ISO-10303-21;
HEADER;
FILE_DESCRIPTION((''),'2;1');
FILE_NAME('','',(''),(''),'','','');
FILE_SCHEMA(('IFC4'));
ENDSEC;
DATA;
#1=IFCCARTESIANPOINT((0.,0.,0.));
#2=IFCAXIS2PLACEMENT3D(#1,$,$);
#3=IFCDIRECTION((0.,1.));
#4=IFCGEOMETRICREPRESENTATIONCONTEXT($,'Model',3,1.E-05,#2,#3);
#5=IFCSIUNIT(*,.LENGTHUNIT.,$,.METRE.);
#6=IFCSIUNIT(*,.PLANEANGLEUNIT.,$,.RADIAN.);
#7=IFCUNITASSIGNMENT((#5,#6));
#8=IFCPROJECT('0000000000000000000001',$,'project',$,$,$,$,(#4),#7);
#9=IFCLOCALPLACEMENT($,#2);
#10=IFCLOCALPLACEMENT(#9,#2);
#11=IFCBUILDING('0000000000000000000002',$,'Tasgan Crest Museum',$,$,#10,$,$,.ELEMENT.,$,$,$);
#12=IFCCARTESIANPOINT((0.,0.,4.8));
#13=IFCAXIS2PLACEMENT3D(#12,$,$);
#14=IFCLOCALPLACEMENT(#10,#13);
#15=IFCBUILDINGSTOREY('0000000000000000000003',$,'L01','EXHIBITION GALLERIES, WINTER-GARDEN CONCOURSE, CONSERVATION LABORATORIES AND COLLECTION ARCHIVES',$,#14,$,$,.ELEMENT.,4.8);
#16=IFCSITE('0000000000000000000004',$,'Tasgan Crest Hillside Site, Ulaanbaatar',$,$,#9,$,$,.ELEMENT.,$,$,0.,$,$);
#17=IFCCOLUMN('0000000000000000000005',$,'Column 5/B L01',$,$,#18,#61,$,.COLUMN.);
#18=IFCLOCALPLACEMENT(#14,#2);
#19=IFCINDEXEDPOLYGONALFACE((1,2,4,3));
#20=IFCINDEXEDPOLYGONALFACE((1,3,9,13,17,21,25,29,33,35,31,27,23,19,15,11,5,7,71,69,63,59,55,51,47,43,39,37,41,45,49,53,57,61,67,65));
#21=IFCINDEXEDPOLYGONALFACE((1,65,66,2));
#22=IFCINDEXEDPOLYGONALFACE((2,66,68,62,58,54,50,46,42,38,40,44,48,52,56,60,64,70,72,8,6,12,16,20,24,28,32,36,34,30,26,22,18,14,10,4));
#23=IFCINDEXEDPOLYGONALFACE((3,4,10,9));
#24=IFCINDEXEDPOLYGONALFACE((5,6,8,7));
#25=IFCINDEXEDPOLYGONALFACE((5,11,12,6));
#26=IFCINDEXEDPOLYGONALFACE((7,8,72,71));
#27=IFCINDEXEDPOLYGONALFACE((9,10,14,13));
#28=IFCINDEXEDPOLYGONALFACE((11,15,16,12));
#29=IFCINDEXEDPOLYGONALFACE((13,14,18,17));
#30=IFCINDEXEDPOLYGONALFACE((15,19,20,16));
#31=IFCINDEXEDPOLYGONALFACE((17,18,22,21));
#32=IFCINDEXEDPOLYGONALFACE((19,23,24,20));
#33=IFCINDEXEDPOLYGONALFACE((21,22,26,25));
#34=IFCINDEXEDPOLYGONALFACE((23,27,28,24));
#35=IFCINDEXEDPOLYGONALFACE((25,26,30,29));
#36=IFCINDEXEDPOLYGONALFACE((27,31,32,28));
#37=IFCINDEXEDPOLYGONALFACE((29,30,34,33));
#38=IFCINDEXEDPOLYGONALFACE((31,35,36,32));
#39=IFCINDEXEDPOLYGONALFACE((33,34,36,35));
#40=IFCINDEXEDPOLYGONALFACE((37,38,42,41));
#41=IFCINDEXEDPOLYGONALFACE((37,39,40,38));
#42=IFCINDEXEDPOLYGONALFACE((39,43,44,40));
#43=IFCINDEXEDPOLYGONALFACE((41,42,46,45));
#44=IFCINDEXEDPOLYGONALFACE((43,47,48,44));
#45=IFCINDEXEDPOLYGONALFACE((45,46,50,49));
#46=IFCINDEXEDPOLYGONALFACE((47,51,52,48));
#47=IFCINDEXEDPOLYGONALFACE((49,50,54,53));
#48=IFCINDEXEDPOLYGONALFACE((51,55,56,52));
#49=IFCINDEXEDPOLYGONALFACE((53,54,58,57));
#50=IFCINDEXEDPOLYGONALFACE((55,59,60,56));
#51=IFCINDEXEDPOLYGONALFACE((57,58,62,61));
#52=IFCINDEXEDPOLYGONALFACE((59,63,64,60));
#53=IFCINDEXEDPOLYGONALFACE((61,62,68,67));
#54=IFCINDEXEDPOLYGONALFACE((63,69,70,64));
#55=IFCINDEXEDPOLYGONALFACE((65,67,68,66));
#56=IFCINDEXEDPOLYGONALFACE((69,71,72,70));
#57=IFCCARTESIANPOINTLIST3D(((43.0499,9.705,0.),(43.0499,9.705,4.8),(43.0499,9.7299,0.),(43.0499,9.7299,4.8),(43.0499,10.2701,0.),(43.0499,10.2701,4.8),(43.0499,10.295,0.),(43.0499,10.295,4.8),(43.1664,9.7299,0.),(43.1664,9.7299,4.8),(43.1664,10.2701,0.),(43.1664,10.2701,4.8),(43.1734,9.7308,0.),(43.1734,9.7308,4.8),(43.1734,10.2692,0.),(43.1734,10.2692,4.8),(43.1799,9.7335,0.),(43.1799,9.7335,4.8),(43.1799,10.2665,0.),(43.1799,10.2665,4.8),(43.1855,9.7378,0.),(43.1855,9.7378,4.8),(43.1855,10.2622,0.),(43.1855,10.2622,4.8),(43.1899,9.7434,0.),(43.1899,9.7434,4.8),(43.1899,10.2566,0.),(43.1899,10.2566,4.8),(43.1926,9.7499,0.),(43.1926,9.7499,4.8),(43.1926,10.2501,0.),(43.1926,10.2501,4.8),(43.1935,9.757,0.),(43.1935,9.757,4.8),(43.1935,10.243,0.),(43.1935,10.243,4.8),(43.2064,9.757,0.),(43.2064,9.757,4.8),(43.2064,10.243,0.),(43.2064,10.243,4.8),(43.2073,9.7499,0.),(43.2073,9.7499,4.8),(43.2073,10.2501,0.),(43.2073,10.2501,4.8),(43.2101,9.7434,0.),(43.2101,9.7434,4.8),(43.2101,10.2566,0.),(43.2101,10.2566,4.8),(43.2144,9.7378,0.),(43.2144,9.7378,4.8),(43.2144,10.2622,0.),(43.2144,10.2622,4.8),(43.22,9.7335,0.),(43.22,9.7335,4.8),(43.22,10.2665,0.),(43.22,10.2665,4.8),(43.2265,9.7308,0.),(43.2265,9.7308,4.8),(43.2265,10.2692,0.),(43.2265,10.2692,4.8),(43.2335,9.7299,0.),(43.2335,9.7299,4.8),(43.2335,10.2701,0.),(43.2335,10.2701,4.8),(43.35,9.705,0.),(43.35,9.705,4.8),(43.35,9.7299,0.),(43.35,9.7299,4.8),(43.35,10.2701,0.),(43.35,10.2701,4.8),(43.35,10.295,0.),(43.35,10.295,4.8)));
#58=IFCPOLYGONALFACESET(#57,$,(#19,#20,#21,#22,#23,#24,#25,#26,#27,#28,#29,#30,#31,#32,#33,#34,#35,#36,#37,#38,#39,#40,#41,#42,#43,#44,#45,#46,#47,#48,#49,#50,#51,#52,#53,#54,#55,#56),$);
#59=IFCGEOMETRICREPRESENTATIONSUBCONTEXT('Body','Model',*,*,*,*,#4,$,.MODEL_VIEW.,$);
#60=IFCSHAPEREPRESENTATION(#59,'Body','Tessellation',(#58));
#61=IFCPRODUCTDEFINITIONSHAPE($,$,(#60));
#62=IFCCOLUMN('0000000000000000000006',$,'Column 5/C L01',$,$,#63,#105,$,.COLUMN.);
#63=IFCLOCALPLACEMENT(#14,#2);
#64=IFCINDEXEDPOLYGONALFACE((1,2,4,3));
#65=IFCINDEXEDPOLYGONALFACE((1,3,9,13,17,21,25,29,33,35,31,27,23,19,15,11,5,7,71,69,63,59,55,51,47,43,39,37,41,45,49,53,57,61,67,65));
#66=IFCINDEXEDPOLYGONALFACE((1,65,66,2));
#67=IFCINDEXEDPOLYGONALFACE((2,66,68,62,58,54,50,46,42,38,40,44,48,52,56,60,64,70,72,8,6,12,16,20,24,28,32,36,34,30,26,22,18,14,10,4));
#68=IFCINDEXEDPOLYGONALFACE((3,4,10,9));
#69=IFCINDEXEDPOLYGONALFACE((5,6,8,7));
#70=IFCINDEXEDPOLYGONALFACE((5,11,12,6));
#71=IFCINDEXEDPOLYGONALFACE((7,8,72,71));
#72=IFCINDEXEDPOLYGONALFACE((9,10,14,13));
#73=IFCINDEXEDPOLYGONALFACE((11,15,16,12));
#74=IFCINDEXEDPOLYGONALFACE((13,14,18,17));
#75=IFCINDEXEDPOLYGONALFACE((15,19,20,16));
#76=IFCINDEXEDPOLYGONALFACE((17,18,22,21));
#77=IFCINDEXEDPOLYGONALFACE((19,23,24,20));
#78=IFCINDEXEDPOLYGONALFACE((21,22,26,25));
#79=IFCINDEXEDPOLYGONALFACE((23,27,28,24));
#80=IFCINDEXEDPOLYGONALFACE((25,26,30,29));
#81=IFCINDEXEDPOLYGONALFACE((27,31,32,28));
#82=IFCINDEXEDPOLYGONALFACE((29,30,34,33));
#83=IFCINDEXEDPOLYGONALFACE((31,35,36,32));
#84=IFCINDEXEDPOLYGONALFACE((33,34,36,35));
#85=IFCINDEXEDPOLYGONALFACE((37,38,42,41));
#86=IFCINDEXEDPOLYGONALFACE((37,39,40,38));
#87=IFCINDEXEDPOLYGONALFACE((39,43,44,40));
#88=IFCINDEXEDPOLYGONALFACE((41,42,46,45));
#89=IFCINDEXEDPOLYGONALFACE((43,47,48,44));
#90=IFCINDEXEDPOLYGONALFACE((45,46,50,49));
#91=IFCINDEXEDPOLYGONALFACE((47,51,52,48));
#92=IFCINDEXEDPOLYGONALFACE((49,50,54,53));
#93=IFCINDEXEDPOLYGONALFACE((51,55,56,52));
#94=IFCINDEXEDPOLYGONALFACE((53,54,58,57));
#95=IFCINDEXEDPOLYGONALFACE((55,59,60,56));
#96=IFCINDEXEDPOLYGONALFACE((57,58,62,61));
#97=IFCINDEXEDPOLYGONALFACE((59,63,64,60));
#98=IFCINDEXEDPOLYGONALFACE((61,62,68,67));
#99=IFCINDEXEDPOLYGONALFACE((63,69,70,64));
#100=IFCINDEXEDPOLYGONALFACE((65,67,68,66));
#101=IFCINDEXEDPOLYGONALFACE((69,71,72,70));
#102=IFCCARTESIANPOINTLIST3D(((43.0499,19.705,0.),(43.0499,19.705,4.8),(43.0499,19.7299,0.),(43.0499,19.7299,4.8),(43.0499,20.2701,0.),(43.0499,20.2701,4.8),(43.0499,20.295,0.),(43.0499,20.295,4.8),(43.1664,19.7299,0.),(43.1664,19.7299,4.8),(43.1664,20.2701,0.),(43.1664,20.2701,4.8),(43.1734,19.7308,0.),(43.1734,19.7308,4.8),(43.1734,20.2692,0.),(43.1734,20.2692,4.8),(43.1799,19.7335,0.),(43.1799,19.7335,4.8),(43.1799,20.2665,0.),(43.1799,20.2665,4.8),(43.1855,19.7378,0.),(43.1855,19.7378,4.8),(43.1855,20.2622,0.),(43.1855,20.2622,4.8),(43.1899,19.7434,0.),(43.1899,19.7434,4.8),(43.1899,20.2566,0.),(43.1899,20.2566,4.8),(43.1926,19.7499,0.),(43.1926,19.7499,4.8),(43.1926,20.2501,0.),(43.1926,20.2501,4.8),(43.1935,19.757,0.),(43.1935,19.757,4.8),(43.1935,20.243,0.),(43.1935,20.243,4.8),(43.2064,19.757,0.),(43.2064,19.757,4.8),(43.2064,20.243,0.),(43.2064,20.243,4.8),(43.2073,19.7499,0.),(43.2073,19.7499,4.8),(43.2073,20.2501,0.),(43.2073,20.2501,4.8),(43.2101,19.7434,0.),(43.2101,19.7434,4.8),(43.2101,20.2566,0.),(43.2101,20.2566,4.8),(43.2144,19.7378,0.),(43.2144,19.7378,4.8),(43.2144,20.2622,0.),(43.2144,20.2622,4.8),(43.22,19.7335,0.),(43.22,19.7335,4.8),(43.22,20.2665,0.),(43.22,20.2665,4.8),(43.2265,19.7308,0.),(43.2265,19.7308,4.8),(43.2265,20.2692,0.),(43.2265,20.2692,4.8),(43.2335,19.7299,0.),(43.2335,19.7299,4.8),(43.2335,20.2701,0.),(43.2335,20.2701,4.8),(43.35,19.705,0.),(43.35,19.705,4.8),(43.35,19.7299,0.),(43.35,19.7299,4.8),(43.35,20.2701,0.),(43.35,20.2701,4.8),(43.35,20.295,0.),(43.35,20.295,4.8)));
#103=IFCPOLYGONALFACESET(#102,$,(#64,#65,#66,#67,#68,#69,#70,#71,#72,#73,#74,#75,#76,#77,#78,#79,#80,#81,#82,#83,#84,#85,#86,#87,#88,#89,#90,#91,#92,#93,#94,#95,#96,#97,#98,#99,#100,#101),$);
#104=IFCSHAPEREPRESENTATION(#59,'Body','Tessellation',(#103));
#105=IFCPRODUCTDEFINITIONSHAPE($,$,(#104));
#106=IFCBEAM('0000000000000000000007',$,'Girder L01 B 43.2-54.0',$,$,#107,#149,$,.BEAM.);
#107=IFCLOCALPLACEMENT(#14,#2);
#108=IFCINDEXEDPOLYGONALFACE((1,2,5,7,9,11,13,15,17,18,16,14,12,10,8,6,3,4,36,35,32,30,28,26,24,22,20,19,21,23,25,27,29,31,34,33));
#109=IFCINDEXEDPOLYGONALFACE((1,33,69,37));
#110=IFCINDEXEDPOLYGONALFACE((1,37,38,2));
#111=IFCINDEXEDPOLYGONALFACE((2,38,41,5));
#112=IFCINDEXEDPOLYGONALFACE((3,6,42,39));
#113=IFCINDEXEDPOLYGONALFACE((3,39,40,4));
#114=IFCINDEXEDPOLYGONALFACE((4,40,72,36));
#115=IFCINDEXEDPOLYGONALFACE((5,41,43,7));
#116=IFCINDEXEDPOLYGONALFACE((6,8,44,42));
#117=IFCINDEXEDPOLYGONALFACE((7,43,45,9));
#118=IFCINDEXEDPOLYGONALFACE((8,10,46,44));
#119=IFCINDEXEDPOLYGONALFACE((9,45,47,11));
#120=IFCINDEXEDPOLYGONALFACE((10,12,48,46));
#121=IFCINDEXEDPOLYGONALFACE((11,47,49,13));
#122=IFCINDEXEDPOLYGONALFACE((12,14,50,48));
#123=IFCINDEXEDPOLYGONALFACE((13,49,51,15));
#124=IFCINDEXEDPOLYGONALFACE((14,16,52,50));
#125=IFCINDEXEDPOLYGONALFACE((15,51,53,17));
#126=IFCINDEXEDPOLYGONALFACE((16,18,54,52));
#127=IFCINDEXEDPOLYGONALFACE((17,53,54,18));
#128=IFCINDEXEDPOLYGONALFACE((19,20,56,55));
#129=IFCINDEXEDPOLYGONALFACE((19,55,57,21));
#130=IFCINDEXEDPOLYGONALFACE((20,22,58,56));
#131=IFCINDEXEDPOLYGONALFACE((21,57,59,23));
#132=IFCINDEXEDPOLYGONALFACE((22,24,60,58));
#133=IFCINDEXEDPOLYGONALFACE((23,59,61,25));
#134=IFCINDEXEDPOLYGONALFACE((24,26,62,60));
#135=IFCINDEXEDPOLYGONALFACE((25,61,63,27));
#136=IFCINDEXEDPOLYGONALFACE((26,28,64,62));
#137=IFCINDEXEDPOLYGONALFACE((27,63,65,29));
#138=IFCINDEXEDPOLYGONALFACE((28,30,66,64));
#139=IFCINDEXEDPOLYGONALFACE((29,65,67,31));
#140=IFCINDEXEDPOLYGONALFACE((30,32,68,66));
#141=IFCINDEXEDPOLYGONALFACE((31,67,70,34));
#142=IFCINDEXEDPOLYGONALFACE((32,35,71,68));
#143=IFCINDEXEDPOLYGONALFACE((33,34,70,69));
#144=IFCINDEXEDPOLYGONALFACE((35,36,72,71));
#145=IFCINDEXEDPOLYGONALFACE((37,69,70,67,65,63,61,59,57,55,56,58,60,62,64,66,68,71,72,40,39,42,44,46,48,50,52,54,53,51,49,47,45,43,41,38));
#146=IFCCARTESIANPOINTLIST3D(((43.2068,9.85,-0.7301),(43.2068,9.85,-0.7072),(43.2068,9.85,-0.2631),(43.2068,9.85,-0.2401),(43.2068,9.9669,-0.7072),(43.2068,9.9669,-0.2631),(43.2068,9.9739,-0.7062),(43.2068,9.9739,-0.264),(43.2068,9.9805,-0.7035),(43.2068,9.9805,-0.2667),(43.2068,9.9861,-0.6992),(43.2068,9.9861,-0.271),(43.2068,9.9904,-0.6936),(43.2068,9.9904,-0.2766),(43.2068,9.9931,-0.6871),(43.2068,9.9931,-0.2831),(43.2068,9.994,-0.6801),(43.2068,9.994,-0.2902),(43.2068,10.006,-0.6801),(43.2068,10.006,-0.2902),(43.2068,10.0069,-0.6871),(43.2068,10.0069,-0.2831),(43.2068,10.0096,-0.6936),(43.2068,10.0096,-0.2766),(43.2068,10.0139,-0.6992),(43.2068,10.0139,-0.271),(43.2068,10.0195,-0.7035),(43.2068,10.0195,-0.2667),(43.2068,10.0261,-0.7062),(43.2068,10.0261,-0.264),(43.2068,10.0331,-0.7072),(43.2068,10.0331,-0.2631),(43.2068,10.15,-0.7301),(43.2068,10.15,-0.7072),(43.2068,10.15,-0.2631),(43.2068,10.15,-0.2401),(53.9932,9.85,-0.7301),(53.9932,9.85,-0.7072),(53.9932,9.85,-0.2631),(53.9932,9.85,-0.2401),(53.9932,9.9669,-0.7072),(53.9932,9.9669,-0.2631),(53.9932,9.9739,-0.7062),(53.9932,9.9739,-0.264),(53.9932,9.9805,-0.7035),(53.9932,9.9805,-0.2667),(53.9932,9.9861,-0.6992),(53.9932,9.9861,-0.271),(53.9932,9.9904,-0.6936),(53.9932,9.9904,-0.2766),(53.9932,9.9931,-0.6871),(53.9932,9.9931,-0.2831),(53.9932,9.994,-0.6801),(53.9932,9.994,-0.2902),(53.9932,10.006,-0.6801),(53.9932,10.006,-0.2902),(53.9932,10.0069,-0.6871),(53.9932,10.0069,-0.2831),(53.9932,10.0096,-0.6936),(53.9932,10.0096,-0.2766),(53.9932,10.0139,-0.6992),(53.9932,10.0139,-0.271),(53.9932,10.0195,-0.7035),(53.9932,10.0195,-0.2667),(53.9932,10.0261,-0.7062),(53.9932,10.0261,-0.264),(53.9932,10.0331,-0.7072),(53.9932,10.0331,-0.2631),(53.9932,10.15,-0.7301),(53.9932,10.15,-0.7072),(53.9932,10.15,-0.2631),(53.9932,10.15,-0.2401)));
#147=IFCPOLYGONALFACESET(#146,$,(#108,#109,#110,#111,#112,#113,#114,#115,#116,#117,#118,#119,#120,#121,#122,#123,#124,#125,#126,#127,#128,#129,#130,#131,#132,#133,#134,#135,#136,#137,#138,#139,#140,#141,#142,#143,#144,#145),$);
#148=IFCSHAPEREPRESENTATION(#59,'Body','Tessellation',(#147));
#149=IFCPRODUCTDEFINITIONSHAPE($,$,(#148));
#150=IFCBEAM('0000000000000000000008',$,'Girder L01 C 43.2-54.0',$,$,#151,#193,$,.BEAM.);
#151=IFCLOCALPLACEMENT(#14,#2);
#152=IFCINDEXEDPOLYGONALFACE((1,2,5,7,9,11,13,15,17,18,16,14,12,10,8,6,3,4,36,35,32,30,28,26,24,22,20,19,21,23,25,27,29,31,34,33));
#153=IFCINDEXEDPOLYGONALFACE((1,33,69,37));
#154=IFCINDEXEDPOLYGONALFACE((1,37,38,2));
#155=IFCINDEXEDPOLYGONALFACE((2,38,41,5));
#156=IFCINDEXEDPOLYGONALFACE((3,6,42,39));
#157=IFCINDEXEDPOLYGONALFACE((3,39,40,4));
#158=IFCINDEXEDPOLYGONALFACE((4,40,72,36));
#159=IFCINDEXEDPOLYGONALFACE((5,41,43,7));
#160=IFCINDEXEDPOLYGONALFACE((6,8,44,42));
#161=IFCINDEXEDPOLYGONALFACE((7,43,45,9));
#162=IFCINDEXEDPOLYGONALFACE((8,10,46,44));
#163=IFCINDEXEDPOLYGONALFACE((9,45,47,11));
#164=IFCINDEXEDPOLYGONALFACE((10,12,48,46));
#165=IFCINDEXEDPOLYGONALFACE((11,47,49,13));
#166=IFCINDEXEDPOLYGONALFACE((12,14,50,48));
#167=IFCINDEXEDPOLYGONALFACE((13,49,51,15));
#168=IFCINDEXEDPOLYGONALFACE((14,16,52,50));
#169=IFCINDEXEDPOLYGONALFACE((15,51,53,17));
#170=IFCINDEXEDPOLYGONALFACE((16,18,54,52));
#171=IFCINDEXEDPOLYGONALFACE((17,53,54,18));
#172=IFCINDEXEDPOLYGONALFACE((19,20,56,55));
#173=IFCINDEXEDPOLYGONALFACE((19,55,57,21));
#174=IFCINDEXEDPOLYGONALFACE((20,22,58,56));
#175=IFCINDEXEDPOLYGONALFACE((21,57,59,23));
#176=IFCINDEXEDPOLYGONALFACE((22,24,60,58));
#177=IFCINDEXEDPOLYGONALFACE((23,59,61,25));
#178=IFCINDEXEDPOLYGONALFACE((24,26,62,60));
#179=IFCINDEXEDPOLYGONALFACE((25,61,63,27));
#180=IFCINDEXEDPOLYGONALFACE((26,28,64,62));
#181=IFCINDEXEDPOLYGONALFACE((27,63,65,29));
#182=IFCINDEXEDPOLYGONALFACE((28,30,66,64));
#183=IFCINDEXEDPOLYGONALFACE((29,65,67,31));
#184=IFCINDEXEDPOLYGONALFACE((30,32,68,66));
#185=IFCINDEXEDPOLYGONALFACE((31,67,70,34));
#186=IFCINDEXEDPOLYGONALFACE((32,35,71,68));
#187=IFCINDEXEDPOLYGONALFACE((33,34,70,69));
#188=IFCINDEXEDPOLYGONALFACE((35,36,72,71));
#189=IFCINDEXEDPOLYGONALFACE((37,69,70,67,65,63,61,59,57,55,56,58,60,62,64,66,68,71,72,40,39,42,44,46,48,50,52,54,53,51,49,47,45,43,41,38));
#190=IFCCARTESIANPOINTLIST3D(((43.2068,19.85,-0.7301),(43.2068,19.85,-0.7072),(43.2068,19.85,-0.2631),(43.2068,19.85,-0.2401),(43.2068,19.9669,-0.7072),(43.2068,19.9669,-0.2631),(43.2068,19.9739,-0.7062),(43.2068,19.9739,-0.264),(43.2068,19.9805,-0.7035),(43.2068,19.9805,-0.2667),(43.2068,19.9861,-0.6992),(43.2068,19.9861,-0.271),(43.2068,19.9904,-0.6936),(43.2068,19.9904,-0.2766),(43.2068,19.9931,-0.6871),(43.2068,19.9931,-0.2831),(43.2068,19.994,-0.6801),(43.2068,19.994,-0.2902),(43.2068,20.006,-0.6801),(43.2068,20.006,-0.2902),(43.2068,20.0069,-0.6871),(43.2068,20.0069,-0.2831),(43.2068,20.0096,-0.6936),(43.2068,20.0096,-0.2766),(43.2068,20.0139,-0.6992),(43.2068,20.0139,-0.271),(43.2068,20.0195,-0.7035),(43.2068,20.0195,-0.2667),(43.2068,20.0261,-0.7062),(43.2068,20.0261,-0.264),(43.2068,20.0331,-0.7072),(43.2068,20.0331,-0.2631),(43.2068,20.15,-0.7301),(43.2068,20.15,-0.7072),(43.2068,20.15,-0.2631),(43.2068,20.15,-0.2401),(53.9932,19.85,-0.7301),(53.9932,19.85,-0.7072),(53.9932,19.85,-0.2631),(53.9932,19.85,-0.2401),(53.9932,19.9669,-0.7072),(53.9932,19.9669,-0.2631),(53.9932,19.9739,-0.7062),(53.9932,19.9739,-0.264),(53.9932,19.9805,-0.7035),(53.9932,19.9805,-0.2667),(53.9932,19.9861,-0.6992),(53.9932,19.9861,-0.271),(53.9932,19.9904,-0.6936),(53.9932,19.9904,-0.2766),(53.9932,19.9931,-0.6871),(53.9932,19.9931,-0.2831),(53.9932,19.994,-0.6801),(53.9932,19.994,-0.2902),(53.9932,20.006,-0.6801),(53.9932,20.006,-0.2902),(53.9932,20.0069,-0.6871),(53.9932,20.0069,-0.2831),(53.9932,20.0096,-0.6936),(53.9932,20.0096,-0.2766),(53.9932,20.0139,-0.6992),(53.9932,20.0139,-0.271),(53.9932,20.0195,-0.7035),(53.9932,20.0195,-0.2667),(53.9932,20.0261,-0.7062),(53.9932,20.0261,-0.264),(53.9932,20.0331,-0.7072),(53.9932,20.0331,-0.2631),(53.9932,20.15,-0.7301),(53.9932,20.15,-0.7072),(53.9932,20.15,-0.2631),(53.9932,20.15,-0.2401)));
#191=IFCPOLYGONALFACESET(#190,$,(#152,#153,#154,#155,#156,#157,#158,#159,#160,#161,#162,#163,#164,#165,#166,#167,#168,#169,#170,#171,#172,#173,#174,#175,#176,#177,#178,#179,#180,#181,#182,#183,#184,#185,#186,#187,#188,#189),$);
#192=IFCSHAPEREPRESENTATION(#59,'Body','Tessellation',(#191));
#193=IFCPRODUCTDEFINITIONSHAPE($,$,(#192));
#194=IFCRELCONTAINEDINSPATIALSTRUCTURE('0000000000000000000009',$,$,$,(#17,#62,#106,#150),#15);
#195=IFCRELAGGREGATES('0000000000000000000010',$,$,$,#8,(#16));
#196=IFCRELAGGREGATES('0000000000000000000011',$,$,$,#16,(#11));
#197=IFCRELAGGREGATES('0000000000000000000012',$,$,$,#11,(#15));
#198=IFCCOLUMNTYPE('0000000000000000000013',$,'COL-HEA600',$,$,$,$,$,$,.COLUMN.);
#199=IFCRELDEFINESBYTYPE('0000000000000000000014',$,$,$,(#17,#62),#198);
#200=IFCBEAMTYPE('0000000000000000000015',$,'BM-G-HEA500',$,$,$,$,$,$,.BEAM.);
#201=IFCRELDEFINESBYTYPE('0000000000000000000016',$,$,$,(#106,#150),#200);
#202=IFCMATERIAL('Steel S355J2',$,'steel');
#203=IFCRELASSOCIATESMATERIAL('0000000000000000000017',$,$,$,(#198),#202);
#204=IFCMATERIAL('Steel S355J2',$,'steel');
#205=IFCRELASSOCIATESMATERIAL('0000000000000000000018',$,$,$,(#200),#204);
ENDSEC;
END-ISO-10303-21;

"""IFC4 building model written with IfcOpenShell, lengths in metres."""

from ifc_helpers import new_model, si_unit, direction, frame, origin, origin_2d, place, context, subcontext, project, spatial, i_section, extrude, material, material_profile, profile_set, type_object, element, save


model = new_model("IFC4")

# Units and contexts
model_context = context("Model", 3, precision=1e-05, world=origin(), true_north=direction((0.0, 1.0)))
body_context = subcontext(model_context, "Body", "Model", "MODEL_VIEW")
ifc_project = project(units=[si_unit("LENGTHUNIT", "METRE"), si_unit("PLANEANGLEUNIT", "RADIAN")], contexts=[model_context])

# Site, building, storey
site_placement = place(None, origin())
site = spatial("IfcSite", under=ifc_project, at=site_placement, Name="Tasgan Crest Hillside Site, Ulaanbaatar", CompositionType="ELEMENT", RefElevation=0.0)
building_placement = place(site_placement, origin())
building = spatial("IfcBuilding", under=site, at=building_placement, Name="Tasgan Crest Museum", CompositionType="ELEMENT")
storey_placement = place(building_placement, frame((0.0, 0.0, 4.8)))
storey = spatial("IfcBuildingStorey", under=building, at=storey_placement, Name="L01", Description="EXHIBITION GALLERIES, WINTER-GARDEN CONCOURSE, CONSERVATION LABORATORIES AND COLLECTION ARCHIVES", CompositionType="ELEMENT", Elevation=4.8)

# Columns
ifc_material_1 = material(Name="Steel S355J2", Category="steel")
ifc_material_profile_1 = material_profile(ifc_material_1, i_section(OverallWidth=0.3, OverallDepth=0.5901, WebThickness=0.0129, FlangeThickness=0.0249, FilletRadius=0.0271, at=origin_2d()), Name="HEA 600")
ifc_profile_set_1 = profile_set([ifc_material_profile_1], Name="Steel S355J2")
column_type = type_object("IfcColumnType", Name="COL-HEA600", PredefinedType="COLUMN", material=ifc_profile_set_1)
for number, where, z_axis, x_axis, name in (
    (1, (43.2, 10.0, 0.0), (0.0, 0.0, 1.0), (1.0, 0.0, 0.0), "Column 5/B L01"),
    (2, (43.2, 20.0, 0.0), (0.0, 0.0, 1.0), (1.0, 0.0, 0.0), "Column 5/C L01"),
):
    element("IfcColumn", number, at=place(storey_placement, frame(where, z_axis=z_axis, x_axis=x_axis)), inside=storey, type_object=column_type, Name=name, PredefinedType="COLUMN", context=body_context, shape_type="SweptSolid", body=[
        extrude(i_section(OverallWidth=0.3, OverallDepth=0.5901, WebThickness=0.0129, FlangeThickness=0.0249, FilletRadius=0.0271, at=origin_2d()), origin(), (0.0, 0.0, 1.0), 4.8),
    ])

# Beams
ifc_material_2 = material(Name="Steel S355J2", Category="steel")
ifc_material_profile_2 = material_profile(ifc_material_2, i_section(OverallWidth=0.3, OverallDepth=0.49, WebThickness=0.012, FlangeThickness=0.0229, FilletRadius=0.0271, at=origin_2d()), Name="HEA 500")
ifc_profile_set_2 = profile_set([ifc_material_profile_2], Name="Steel S355J2")
beam_type_1 = type_object("IfcBeamType", Name="BM-G-HEA500", PredefinedType="BEAM", material=ifc_profile_set_2)
for number, where, z_axis, x_axis, name in (
    (3, (43.2068, 10.0, -0.4851), (1.0, 0.0, 0.0), (0.0, 1.0, 0.0), "Girder L01 B 43.2-54.0"),
    (4, (43.2068, 20.0, -0.4851), (1.0, 0.0, 0.0), (0.0, 1.0, 0.0), "Girder L01 C 43.2-54.0"),
):
    element("IfcBeam", number, at=place(storey_placement, frame(where, z_axis=z_axis, x_axis=x_axis)), inside=storey, type_object=beam_type_1, Name=name, PredefinedType="BEAM", context=body_context, shape_type="SweptSolid", body=[
        extrude(i_section(OverallWidth=0.3, OverallDepth=0.49, WebThickness=0.012, FlangeThickness=0.0229, FilletRadius=0.0271, at=origin_2d()), origin(), (0.0, 0.0, 1.0), 10.7864),
    ])

save(model, "model.ifc")
